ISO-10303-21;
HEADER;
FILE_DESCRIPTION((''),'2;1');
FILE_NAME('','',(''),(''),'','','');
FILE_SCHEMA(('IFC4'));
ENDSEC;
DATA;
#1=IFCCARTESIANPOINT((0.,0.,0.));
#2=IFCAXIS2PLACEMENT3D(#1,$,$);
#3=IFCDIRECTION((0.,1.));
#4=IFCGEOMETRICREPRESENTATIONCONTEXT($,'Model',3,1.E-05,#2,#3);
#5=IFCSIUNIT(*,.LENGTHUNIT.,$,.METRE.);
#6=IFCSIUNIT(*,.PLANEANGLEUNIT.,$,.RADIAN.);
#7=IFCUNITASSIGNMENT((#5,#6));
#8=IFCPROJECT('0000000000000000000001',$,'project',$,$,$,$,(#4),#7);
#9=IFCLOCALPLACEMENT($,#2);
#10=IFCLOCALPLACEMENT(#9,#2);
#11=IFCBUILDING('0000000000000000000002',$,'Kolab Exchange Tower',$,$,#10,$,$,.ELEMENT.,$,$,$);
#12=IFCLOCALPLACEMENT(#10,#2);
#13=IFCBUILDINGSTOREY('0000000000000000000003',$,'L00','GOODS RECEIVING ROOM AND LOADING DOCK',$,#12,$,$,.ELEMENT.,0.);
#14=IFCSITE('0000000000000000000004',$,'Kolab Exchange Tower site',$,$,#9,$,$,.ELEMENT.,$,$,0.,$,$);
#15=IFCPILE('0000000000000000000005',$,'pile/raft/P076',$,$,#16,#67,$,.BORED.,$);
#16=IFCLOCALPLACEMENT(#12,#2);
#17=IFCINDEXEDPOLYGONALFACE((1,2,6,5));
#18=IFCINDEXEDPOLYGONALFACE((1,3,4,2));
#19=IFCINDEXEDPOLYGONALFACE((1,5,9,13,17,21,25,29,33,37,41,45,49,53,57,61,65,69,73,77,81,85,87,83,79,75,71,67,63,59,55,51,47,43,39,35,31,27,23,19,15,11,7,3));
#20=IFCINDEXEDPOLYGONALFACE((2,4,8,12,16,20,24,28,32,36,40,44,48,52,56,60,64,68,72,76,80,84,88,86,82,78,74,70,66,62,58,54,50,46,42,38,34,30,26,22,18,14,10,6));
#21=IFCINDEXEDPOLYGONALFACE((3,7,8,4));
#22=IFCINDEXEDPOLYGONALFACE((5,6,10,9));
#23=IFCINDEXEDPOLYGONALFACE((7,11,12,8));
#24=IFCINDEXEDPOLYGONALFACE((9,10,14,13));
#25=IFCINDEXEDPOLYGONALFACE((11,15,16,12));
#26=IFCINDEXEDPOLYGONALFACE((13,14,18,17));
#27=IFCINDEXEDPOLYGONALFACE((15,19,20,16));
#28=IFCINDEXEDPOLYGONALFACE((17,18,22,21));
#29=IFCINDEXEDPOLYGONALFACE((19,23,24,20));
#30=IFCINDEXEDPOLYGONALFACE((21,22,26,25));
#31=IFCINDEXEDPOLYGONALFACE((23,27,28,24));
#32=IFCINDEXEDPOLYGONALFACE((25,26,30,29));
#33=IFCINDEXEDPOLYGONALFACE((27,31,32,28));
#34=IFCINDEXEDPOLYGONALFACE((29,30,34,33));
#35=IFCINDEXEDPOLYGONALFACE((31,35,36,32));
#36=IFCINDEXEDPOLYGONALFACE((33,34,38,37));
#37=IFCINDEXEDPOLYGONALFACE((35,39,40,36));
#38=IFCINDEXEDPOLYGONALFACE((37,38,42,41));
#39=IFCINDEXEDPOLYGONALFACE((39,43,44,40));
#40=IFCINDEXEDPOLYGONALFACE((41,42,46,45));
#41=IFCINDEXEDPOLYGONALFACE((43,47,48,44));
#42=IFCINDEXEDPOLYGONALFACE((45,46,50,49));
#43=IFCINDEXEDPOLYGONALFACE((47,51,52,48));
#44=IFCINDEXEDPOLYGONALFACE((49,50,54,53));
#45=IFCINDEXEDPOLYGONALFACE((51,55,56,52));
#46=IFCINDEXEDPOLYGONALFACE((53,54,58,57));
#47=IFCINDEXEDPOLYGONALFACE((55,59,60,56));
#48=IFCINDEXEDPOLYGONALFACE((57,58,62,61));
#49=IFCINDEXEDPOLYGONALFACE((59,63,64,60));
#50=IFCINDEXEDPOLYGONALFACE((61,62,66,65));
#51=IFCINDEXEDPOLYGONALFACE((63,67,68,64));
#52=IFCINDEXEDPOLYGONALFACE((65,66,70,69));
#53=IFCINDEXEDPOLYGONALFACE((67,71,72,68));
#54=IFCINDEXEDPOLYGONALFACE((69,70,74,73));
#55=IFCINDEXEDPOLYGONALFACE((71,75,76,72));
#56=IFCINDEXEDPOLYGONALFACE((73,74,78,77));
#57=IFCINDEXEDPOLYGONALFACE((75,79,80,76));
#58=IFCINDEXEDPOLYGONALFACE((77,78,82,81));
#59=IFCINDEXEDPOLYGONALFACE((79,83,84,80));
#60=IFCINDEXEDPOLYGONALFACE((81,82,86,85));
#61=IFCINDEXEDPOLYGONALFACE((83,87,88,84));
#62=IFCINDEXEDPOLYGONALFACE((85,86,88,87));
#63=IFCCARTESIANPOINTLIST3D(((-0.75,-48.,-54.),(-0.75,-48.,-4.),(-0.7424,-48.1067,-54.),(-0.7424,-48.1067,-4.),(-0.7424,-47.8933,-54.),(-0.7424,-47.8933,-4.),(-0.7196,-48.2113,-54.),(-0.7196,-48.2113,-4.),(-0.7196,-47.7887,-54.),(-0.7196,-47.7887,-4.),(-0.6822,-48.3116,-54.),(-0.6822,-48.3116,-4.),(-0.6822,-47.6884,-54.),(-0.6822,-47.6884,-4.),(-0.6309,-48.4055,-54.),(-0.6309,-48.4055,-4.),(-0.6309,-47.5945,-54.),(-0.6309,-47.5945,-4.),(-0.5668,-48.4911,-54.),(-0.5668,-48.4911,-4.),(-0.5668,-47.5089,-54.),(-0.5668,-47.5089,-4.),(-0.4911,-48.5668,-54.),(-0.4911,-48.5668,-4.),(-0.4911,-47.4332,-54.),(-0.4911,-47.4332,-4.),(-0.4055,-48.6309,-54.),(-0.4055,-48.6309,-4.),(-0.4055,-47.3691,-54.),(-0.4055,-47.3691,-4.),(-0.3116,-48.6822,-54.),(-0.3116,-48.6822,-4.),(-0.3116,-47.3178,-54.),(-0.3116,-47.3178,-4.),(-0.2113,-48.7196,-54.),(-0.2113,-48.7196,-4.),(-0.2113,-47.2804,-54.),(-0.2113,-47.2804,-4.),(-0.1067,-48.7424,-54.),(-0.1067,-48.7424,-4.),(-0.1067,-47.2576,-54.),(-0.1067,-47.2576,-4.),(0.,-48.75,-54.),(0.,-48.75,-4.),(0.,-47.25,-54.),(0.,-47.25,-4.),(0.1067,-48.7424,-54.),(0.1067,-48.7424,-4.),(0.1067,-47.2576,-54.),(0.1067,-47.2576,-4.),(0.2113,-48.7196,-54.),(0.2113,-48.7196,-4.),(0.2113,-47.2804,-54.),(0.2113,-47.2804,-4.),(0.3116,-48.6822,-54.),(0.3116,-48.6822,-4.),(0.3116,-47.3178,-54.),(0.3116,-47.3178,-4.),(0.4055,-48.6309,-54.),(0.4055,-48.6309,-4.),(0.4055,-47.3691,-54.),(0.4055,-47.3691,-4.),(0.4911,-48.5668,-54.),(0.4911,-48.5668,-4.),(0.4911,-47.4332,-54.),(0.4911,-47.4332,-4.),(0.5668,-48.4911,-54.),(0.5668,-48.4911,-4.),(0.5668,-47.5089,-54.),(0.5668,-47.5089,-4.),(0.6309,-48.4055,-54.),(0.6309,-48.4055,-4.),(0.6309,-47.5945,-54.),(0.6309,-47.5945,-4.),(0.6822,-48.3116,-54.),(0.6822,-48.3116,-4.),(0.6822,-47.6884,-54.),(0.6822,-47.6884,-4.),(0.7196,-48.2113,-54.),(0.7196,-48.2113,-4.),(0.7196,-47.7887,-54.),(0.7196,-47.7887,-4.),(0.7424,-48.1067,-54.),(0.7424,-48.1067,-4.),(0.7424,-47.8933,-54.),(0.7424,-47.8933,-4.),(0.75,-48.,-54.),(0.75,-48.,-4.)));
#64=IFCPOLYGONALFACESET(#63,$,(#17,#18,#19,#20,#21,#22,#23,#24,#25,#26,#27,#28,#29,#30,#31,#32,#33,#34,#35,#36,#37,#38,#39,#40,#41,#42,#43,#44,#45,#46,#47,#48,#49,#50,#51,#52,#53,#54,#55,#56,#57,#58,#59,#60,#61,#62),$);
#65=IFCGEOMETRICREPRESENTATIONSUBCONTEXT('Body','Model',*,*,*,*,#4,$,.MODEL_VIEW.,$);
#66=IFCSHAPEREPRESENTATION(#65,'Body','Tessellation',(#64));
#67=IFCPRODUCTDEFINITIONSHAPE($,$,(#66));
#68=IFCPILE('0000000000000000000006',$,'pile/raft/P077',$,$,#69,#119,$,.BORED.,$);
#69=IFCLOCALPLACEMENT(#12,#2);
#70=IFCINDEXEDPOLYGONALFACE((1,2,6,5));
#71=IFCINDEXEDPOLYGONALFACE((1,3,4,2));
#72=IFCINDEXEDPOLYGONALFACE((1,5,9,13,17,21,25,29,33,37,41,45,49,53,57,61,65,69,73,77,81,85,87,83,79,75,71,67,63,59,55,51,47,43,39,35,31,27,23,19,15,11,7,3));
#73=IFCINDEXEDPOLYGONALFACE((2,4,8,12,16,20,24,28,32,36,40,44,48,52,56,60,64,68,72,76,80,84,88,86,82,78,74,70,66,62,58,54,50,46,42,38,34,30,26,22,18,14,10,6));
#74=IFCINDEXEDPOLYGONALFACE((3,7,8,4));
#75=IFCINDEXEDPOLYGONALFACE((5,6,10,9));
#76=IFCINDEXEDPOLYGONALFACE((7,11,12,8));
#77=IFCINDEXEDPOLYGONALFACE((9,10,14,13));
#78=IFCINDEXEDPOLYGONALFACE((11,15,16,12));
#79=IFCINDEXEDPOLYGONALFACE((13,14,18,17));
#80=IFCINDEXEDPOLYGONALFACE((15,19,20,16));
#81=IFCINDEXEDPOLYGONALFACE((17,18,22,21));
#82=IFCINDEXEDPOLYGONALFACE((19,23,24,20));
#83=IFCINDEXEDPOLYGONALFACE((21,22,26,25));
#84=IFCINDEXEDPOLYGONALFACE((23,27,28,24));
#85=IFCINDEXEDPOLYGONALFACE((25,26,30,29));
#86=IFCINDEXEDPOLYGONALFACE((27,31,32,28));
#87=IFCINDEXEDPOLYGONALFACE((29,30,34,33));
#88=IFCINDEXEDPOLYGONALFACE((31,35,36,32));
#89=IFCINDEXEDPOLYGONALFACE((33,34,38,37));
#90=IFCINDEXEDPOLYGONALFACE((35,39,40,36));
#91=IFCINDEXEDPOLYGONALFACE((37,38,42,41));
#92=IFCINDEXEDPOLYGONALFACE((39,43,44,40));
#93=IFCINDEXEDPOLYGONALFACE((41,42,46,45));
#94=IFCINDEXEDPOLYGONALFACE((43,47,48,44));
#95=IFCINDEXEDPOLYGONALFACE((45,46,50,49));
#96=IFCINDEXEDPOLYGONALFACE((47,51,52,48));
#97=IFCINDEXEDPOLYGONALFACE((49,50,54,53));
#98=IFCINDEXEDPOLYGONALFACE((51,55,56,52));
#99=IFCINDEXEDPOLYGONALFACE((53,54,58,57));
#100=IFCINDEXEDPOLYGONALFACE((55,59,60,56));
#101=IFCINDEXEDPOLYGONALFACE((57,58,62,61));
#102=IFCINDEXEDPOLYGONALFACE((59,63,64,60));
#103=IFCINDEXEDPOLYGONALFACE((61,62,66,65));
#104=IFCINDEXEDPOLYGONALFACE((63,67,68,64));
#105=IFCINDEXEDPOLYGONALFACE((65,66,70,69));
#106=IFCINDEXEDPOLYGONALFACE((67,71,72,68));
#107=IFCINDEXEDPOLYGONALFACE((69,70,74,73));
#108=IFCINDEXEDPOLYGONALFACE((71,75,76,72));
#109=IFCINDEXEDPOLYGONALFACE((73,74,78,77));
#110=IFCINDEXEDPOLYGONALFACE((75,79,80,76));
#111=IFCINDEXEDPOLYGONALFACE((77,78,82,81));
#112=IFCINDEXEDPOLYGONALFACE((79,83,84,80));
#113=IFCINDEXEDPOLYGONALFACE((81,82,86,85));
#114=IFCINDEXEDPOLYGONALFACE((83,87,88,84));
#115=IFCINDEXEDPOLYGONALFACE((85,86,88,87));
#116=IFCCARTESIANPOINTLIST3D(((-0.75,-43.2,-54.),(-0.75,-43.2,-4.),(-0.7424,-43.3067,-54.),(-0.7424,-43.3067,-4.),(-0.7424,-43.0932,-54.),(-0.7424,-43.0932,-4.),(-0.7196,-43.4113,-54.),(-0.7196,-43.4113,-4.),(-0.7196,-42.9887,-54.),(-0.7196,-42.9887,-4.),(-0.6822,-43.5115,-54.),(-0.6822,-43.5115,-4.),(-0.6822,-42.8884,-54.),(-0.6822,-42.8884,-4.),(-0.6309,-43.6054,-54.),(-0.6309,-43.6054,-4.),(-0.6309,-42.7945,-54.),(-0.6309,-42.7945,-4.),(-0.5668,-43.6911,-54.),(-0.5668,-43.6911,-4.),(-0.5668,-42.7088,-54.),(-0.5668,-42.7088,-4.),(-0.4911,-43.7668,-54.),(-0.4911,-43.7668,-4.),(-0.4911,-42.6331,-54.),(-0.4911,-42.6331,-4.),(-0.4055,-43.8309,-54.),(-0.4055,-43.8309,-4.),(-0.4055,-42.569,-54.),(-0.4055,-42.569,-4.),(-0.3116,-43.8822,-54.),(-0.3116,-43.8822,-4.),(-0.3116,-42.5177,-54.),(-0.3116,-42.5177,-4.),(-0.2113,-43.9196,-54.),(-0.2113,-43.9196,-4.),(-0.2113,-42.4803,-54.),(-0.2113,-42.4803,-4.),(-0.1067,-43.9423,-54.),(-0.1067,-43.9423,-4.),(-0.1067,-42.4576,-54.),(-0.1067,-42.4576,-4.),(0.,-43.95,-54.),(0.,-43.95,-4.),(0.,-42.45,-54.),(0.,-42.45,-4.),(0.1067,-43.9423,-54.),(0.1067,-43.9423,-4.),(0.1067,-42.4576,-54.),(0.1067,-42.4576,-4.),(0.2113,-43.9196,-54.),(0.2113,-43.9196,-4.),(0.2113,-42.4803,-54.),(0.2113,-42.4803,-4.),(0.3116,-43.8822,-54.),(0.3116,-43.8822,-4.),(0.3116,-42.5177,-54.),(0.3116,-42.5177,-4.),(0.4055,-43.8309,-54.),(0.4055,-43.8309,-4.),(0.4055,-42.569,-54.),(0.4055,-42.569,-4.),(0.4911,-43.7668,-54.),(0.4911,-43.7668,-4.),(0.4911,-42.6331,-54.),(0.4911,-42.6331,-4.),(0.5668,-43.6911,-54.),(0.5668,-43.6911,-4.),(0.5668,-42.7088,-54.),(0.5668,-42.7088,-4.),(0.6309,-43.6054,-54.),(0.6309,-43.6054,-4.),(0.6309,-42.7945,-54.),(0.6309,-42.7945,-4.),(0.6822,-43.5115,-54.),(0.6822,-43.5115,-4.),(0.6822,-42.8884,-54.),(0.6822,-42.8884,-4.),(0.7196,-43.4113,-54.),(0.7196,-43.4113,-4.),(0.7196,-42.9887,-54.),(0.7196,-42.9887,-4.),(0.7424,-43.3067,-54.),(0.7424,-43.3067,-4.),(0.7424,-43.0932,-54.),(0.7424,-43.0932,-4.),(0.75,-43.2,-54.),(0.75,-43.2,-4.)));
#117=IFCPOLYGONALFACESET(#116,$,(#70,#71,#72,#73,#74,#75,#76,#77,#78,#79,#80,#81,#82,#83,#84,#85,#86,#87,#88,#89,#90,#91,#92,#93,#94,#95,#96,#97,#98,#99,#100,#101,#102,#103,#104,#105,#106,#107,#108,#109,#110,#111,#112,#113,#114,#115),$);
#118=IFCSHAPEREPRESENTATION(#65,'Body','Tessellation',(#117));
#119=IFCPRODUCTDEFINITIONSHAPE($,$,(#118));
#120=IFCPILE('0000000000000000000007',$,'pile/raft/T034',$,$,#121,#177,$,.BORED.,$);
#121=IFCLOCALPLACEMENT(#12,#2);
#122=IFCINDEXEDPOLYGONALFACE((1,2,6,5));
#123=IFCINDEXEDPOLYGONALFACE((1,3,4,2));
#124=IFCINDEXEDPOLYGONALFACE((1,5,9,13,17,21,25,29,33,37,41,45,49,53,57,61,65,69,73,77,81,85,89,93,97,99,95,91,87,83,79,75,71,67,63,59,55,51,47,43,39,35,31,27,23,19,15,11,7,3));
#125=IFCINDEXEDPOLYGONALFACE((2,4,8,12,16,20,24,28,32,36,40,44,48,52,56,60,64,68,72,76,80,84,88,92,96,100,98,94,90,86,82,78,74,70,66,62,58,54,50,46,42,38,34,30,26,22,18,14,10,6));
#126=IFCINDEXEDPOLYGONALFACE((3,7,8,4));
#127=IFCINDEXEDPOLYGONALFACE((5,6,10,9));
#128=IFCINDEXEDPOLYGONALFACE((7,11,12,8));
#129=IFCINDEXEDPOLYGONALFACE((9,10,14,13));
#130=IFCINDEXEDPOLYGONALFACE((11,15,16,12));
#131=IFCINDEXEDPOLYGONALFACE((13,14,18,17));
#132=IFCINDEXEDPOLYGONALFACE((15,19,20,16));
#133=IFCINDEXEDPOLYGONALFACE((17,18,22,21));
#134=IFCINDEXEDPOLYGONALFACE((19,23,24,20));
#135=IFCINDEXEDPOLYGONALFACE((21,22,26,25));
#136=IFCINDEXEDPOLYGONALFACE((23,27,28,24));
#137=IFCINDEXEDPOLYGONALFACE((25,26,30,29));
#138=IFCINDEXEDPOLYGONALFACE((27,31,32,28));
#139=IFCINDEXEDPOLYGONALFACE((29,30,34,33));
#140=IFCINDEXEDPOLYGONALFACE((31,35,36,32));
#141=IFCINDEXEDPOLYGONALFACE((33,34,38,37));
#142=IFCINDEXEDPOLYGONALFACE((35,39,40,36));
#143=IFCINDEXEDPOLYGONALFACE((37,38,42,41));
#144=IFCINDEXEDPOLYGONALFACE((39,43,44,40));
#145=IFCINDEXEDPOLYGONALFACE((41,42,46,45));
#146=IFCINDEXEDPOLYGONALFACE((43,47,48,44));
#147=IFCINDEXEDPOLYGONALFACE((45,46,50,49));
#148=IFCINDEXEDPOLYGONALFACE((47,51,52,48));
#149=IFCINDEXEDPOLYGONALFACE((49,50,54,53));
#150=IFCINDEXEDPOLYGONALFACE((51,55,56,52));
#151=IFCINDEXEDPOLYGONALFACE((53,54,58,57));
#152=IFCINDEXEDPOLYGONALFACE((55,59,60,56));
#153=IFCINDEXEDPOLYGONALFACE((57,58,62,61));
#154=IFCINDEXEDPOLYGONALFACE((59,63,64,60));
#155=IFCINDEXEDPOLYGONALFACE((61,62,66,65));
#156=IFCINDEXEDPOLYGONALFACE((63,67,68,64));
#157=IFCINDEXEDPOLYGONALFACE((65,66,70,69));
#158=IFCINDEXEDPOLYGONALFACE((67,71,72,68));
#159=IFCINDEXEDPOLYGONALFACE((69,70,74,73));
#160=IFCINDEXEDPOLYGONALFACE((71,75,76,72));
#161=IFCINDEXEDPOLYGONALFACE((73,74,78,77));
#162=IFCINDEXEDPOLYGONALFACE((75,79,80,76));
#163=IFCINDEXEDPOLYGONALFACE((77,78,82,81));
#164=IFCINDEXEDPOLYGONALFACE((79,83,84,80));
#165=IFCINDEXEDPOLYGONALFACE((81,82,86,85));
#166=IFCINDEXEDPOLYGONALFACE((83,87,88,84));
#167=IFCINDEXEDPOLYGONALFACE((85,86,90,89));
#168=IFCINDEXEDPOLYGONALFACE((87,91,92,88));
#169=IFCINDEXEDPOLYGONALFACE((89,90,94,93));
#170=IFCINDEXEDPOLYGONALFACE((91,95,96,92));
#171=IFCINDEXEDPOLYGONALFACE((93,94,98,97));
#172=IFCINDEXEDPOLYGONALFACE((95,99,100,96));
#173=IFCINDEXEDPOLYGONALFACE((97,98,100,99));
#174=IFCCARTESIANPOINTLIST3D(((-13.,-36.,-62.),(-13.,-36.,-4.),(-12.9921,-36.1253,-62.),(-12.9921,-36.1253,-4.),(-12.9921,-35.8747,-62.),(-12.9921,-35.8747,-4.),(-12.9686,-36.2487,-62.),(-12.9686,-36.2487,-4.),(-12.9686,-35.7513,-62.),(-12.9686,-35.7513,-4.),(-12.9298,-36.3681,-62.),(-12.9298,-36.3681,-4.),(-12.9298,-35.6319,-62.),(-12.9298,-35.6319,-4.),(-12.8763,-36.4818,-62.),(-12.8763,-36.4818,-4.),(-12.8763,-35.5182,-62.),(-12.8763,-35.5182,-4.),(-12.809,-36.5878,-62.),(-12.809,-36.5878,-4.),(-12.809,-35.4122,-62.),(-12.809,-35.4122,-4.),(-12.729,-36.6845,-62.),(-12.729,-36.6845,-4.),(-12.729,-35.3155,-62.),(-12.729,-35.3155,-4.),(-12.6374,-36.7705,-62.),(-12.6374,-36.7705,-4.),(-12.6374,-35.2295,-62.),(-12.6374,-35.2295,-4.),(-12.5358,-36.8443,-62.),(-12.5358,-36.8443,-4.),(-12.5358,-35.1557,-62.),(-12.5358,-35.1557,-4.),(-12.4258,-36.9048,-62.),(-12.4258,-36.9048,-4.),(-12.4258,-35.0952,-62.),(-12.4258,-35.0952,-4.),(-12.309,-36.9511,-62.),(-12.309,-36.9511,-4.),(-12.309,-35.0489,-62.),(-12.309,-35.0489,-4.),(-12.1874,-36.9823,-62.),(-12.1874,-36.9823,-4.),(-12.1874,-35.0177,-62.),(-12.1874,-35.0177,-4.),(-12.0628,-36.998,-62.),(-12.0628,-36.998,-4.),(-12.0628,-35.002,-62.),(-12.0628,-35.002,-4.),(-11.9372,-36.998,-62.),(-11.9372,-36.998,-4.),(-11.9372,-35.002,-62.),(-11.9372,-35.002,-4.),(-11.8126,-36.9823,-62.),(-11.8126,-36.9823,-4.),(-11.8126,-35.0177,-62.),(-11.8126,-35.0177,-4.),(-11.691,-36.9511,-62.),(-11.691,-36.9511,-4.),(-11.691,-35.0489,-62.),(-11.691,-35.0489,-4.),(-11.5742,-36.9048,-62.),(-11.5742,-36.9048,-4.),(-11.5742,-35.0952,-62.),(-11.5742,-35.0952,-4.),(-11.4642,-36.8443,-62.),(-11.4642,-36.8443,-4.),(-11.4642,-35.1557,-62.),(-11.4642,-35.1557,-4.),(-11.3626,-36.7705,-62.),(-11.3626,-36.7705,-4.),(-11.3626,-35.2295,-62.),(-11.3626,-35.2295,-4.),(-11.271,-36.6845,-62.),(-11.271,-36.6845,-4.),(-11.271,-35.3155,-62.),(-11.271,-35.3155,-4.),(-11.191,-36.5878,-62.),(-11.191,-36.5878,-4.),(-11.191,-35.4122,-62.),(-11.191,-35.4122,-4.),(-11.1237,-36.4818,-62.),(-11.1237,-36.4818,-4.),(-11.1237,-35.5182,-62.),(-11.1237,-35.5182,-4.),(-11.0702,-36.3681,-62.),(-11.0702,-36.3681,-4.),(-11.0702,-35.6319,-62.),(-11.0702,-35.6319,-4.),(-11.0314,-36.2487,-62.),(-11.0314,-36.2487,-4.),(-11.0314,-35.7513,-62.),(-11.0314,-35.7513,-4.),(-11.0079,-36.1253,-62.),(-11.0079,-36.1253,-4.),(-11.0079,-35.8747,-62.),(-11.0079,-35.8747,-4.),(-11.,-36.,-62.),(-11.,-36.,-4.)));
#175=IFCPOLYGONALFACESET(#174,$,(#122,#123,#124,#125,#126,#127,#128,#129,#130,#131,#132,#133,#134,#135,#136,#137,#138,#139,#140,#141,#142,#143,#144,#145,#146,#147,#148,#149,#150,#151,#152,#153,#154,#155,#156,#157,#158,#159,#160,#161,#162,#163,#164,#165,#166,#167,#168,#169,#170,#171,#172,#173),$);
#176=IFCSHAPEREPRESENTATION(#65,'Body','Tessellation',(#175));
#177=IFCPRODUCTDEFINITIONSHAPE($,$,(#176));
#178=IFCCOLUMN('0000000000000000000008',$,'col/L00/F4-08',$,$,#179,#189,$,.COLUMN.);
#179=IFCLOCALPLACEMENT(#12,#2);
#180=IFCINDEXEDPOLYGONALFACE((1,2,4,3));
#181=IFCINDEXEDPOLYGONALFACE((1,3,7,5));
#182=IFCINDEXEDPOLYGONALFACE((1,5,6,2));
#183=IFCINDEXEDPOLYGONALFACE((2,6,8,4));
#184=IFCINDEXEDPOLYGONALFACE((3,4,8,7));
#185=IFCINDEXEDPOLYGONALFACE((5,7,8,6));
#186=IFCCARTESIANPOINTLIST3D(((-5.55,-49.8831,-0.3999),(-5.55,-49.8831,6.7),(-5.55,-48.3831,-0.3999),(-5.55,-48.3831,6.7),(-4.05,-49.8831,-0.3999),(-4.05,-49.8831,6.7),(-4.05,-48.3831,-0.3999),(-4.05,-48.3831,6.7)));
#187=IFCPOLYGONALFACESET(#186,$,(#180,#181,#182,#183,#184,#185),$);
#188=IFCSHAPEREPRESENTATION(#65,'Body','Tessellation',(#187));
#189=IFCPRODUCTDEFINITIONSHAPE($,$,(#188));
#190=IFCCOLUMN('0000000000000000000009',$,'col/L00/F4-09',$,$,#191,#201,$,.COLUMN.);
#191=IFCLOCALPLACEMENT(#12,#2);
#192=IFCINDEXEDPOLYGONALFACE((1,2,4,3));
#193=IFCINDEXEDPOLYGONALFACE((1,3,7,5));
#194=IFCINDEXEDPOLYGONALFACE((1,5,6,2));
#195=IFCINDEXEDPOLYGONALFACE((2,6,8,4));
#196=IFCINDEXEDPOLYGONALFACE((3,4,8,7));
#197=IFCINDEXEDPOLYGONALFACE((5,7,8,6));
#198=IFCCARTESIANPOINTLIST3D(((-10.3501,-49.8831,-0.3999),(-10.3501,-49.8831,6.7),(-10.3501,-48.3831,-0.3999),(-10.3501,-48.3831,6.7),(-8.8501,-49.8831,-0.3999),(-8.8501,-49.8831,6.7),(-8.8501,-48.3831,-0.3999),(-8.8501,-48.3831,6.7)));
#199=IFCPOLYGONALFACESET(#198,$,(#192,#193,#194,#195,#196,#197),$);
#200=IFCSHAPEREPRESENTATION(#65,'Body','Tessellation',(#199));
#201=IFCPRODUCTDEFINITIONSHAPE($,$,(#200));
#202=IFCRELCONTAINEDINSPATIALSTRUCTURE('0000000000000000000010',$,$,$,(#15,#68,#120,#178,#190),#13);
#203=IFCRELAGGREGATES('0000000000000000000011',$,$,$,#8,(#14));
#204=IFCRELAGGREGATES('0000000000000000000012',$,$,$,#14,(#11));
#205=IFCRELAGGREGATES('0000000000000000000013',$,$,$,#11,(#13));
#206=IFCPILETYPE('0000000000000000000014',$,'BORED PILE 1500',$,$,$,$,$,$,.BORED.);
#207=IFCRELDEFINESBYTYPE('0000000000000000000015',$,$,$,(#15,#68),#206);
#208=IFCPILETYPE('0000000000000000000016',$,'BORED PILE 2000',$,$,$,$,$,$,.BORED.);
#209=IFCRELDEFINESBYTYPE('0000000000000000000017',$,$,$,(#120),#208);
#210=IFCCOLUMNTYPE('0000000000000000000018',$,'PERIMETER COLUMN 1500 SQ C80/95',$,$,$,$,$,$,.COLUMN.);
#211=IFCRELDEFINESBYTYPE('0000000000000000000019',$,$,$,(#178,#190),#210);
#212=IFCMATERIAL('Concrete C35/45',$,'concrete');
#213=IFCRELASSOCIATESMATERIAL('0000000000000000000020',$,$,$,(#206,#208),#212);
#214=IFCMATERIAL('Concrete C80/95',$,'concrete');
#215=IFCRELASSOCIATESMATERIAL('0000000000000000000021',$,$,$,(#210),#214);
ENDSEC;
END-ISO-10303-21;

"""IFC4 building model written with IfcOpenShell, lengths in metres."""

from ifc_helpers import new_model, si_unit, direction, frame, origin, origin_2d, place, context, subcontext, project, spatial, rectangle, circle, extrude, material, material_profile, profile_set, type_object, element, save


model = new_model("IFC4")

# Units and contexts
model_context = context("Model", 3, precision=1e-05, world=origin(), true_north=direction((0.0, 1.0)))
body_context = subcontext(model_context, "Body", "Model", "MODEL_VIEW")
ifc_project = project(units=[si_unit("LENGTHUNIT", "METRE"), si_unit("PLANEANGLEUNIT", "RADIAN")], contexts=[model_context])

# Site, building, storey
site_placement = place(None, origin())
site = spatial("IfcSite", under=ifc_project, at=site_placement, Name="Kolab Exchange Tower site", CompositionType="ELEMENT", RefElevation=0.0)
building_placement = place(site_placement, origin())
building = spatial("IfcBuilding", under=site, at=building_placement, Name="Kolab Exchange Tower", CompositionType="ELEMENT")
storey_placement = place(building_placement, origin())
storey = spatial("IfcBuildingStorey", under=building, at=storey_placement, Name="L00", Description="GOODS RECEIVING ROOM AND LOADING DOCK", CompositionType="ELEMENT", Elevation=0.0)

# Piles
ifc_material_1 = material(Name="Concrete C35/45", Category="concrete")
ifc_material_profile_1 = material_profile(ifc_material_1, circle(Radius=0.75, at=origin_2d()), Name="BP1500")
ifc_profile_set_1 = profile_set([ifc_material_profile_1], Name="Concrete C35/45")
pile_type_1 = type_object("IfcPileType", Name="BORED PILE 1500", PredefinedType="BORED", material=ifc_profile_set_1)
for number, where, z_axis, x_axis, name in (
    (1, (0.0, -48.0, -4.0), (0.0, 0.0, -1.0), (1.0, 0.0, 0.0), "pile/raft/P076"),
    (2, (0.0, -43.2, -4.0), (0.0, 0.0, -1.0), (1.0, 0.0, 0.0), "pile/raft/P077"),
):
    element("IfcPile", number, at=place(storey_placement, frame(where, z_axis=z_axis, x_axis=x_axis)), inside=storey, type_object=pile_type_1, Name=name, PredefinedType="BORED", context=body_context, shape_type="SweptSolid", body=[
        extrude(circle(Radius=0.75, at=origin_2d()), origin(), (0.0, 0.0, 1.0), 50.0),
    ])
ifc_material_profile_2 = material_profile(ifc_material_1, circle(Radius=1.0, at=origin_2d()), Name="BP2000")
ifc_profile_set_2 = profile_set([ifc_material_profile_2], Name="Concrete C35/45")
pile_type_2 = type_object("IfcPileType", Name="BORED PILE 2000", PredefinedType="BORED", material=ifc_profile_set_2)
pile_placement = place(storey_placement, frame((-12.0, -36.0, -4.0), z_axis=(0.0, 0.0, -1.0), x_axis=(1.0, 0.0, 0.0)))
element("IfcPile", 3, at=pile_placement, inside=storey, type_object=pile_type_2, Name="pile/raft/T034", PredefinedType="BORED", context=body_context, shape_type="SweptSolid", body=[
    extrude(circle(Radius=1.0, at=origin_2d()), origin(), (0.0, 0.0, 1.0), 58.0),
])

# Columns
ifc_material_2 = material(Name="Concrete C80/95", Category="concrete")
ifc_material_profile_3 = material_profile(ifc_material_2, rectangle(XDim=1.5, YDim=1.5, at=origin_2d()), Name="RC1500")
ifc_profile_set_3 = profile_set([ifc_material_profile_3], Name="Concrete C80/95")
column_type = type_object("IfcColumnType", Name="PERIMETER COLUMN 1500 SQ C80/95", PredefinedType="COLUMN", material=ifc_profile_set_3)
for number, where, z_axis, x_axis, name in (
    (4, (-4.8, -49.1331, -0.3999), (0.0, 0.0, 1.0), (1.0, 0.0, 0.0), "col/L00/F4-08"),
    (5, (-9.6001, -49.1331, -0.3999), (0.0, 0.0, 1.0), (1.0, 0.0, 0.0), "col/L00/F4-09"),
):
    element("IfcColumn", number, at=place(storey_placement, frame(where, z_axis=z_axis, x_axis=x_axis)), inside=storey, type_object=column_type, Name=name, PredefinedType="COLUMN", context=body_context, shape_type="SweptSolid", body=[
        extrude(rectangle(XDim=1.5, YDim=1.5, at=origin_2d()), origin(), (0.0, 0.0, 1.0), 7.0999),
    ])

save(model, "model.ifc")
